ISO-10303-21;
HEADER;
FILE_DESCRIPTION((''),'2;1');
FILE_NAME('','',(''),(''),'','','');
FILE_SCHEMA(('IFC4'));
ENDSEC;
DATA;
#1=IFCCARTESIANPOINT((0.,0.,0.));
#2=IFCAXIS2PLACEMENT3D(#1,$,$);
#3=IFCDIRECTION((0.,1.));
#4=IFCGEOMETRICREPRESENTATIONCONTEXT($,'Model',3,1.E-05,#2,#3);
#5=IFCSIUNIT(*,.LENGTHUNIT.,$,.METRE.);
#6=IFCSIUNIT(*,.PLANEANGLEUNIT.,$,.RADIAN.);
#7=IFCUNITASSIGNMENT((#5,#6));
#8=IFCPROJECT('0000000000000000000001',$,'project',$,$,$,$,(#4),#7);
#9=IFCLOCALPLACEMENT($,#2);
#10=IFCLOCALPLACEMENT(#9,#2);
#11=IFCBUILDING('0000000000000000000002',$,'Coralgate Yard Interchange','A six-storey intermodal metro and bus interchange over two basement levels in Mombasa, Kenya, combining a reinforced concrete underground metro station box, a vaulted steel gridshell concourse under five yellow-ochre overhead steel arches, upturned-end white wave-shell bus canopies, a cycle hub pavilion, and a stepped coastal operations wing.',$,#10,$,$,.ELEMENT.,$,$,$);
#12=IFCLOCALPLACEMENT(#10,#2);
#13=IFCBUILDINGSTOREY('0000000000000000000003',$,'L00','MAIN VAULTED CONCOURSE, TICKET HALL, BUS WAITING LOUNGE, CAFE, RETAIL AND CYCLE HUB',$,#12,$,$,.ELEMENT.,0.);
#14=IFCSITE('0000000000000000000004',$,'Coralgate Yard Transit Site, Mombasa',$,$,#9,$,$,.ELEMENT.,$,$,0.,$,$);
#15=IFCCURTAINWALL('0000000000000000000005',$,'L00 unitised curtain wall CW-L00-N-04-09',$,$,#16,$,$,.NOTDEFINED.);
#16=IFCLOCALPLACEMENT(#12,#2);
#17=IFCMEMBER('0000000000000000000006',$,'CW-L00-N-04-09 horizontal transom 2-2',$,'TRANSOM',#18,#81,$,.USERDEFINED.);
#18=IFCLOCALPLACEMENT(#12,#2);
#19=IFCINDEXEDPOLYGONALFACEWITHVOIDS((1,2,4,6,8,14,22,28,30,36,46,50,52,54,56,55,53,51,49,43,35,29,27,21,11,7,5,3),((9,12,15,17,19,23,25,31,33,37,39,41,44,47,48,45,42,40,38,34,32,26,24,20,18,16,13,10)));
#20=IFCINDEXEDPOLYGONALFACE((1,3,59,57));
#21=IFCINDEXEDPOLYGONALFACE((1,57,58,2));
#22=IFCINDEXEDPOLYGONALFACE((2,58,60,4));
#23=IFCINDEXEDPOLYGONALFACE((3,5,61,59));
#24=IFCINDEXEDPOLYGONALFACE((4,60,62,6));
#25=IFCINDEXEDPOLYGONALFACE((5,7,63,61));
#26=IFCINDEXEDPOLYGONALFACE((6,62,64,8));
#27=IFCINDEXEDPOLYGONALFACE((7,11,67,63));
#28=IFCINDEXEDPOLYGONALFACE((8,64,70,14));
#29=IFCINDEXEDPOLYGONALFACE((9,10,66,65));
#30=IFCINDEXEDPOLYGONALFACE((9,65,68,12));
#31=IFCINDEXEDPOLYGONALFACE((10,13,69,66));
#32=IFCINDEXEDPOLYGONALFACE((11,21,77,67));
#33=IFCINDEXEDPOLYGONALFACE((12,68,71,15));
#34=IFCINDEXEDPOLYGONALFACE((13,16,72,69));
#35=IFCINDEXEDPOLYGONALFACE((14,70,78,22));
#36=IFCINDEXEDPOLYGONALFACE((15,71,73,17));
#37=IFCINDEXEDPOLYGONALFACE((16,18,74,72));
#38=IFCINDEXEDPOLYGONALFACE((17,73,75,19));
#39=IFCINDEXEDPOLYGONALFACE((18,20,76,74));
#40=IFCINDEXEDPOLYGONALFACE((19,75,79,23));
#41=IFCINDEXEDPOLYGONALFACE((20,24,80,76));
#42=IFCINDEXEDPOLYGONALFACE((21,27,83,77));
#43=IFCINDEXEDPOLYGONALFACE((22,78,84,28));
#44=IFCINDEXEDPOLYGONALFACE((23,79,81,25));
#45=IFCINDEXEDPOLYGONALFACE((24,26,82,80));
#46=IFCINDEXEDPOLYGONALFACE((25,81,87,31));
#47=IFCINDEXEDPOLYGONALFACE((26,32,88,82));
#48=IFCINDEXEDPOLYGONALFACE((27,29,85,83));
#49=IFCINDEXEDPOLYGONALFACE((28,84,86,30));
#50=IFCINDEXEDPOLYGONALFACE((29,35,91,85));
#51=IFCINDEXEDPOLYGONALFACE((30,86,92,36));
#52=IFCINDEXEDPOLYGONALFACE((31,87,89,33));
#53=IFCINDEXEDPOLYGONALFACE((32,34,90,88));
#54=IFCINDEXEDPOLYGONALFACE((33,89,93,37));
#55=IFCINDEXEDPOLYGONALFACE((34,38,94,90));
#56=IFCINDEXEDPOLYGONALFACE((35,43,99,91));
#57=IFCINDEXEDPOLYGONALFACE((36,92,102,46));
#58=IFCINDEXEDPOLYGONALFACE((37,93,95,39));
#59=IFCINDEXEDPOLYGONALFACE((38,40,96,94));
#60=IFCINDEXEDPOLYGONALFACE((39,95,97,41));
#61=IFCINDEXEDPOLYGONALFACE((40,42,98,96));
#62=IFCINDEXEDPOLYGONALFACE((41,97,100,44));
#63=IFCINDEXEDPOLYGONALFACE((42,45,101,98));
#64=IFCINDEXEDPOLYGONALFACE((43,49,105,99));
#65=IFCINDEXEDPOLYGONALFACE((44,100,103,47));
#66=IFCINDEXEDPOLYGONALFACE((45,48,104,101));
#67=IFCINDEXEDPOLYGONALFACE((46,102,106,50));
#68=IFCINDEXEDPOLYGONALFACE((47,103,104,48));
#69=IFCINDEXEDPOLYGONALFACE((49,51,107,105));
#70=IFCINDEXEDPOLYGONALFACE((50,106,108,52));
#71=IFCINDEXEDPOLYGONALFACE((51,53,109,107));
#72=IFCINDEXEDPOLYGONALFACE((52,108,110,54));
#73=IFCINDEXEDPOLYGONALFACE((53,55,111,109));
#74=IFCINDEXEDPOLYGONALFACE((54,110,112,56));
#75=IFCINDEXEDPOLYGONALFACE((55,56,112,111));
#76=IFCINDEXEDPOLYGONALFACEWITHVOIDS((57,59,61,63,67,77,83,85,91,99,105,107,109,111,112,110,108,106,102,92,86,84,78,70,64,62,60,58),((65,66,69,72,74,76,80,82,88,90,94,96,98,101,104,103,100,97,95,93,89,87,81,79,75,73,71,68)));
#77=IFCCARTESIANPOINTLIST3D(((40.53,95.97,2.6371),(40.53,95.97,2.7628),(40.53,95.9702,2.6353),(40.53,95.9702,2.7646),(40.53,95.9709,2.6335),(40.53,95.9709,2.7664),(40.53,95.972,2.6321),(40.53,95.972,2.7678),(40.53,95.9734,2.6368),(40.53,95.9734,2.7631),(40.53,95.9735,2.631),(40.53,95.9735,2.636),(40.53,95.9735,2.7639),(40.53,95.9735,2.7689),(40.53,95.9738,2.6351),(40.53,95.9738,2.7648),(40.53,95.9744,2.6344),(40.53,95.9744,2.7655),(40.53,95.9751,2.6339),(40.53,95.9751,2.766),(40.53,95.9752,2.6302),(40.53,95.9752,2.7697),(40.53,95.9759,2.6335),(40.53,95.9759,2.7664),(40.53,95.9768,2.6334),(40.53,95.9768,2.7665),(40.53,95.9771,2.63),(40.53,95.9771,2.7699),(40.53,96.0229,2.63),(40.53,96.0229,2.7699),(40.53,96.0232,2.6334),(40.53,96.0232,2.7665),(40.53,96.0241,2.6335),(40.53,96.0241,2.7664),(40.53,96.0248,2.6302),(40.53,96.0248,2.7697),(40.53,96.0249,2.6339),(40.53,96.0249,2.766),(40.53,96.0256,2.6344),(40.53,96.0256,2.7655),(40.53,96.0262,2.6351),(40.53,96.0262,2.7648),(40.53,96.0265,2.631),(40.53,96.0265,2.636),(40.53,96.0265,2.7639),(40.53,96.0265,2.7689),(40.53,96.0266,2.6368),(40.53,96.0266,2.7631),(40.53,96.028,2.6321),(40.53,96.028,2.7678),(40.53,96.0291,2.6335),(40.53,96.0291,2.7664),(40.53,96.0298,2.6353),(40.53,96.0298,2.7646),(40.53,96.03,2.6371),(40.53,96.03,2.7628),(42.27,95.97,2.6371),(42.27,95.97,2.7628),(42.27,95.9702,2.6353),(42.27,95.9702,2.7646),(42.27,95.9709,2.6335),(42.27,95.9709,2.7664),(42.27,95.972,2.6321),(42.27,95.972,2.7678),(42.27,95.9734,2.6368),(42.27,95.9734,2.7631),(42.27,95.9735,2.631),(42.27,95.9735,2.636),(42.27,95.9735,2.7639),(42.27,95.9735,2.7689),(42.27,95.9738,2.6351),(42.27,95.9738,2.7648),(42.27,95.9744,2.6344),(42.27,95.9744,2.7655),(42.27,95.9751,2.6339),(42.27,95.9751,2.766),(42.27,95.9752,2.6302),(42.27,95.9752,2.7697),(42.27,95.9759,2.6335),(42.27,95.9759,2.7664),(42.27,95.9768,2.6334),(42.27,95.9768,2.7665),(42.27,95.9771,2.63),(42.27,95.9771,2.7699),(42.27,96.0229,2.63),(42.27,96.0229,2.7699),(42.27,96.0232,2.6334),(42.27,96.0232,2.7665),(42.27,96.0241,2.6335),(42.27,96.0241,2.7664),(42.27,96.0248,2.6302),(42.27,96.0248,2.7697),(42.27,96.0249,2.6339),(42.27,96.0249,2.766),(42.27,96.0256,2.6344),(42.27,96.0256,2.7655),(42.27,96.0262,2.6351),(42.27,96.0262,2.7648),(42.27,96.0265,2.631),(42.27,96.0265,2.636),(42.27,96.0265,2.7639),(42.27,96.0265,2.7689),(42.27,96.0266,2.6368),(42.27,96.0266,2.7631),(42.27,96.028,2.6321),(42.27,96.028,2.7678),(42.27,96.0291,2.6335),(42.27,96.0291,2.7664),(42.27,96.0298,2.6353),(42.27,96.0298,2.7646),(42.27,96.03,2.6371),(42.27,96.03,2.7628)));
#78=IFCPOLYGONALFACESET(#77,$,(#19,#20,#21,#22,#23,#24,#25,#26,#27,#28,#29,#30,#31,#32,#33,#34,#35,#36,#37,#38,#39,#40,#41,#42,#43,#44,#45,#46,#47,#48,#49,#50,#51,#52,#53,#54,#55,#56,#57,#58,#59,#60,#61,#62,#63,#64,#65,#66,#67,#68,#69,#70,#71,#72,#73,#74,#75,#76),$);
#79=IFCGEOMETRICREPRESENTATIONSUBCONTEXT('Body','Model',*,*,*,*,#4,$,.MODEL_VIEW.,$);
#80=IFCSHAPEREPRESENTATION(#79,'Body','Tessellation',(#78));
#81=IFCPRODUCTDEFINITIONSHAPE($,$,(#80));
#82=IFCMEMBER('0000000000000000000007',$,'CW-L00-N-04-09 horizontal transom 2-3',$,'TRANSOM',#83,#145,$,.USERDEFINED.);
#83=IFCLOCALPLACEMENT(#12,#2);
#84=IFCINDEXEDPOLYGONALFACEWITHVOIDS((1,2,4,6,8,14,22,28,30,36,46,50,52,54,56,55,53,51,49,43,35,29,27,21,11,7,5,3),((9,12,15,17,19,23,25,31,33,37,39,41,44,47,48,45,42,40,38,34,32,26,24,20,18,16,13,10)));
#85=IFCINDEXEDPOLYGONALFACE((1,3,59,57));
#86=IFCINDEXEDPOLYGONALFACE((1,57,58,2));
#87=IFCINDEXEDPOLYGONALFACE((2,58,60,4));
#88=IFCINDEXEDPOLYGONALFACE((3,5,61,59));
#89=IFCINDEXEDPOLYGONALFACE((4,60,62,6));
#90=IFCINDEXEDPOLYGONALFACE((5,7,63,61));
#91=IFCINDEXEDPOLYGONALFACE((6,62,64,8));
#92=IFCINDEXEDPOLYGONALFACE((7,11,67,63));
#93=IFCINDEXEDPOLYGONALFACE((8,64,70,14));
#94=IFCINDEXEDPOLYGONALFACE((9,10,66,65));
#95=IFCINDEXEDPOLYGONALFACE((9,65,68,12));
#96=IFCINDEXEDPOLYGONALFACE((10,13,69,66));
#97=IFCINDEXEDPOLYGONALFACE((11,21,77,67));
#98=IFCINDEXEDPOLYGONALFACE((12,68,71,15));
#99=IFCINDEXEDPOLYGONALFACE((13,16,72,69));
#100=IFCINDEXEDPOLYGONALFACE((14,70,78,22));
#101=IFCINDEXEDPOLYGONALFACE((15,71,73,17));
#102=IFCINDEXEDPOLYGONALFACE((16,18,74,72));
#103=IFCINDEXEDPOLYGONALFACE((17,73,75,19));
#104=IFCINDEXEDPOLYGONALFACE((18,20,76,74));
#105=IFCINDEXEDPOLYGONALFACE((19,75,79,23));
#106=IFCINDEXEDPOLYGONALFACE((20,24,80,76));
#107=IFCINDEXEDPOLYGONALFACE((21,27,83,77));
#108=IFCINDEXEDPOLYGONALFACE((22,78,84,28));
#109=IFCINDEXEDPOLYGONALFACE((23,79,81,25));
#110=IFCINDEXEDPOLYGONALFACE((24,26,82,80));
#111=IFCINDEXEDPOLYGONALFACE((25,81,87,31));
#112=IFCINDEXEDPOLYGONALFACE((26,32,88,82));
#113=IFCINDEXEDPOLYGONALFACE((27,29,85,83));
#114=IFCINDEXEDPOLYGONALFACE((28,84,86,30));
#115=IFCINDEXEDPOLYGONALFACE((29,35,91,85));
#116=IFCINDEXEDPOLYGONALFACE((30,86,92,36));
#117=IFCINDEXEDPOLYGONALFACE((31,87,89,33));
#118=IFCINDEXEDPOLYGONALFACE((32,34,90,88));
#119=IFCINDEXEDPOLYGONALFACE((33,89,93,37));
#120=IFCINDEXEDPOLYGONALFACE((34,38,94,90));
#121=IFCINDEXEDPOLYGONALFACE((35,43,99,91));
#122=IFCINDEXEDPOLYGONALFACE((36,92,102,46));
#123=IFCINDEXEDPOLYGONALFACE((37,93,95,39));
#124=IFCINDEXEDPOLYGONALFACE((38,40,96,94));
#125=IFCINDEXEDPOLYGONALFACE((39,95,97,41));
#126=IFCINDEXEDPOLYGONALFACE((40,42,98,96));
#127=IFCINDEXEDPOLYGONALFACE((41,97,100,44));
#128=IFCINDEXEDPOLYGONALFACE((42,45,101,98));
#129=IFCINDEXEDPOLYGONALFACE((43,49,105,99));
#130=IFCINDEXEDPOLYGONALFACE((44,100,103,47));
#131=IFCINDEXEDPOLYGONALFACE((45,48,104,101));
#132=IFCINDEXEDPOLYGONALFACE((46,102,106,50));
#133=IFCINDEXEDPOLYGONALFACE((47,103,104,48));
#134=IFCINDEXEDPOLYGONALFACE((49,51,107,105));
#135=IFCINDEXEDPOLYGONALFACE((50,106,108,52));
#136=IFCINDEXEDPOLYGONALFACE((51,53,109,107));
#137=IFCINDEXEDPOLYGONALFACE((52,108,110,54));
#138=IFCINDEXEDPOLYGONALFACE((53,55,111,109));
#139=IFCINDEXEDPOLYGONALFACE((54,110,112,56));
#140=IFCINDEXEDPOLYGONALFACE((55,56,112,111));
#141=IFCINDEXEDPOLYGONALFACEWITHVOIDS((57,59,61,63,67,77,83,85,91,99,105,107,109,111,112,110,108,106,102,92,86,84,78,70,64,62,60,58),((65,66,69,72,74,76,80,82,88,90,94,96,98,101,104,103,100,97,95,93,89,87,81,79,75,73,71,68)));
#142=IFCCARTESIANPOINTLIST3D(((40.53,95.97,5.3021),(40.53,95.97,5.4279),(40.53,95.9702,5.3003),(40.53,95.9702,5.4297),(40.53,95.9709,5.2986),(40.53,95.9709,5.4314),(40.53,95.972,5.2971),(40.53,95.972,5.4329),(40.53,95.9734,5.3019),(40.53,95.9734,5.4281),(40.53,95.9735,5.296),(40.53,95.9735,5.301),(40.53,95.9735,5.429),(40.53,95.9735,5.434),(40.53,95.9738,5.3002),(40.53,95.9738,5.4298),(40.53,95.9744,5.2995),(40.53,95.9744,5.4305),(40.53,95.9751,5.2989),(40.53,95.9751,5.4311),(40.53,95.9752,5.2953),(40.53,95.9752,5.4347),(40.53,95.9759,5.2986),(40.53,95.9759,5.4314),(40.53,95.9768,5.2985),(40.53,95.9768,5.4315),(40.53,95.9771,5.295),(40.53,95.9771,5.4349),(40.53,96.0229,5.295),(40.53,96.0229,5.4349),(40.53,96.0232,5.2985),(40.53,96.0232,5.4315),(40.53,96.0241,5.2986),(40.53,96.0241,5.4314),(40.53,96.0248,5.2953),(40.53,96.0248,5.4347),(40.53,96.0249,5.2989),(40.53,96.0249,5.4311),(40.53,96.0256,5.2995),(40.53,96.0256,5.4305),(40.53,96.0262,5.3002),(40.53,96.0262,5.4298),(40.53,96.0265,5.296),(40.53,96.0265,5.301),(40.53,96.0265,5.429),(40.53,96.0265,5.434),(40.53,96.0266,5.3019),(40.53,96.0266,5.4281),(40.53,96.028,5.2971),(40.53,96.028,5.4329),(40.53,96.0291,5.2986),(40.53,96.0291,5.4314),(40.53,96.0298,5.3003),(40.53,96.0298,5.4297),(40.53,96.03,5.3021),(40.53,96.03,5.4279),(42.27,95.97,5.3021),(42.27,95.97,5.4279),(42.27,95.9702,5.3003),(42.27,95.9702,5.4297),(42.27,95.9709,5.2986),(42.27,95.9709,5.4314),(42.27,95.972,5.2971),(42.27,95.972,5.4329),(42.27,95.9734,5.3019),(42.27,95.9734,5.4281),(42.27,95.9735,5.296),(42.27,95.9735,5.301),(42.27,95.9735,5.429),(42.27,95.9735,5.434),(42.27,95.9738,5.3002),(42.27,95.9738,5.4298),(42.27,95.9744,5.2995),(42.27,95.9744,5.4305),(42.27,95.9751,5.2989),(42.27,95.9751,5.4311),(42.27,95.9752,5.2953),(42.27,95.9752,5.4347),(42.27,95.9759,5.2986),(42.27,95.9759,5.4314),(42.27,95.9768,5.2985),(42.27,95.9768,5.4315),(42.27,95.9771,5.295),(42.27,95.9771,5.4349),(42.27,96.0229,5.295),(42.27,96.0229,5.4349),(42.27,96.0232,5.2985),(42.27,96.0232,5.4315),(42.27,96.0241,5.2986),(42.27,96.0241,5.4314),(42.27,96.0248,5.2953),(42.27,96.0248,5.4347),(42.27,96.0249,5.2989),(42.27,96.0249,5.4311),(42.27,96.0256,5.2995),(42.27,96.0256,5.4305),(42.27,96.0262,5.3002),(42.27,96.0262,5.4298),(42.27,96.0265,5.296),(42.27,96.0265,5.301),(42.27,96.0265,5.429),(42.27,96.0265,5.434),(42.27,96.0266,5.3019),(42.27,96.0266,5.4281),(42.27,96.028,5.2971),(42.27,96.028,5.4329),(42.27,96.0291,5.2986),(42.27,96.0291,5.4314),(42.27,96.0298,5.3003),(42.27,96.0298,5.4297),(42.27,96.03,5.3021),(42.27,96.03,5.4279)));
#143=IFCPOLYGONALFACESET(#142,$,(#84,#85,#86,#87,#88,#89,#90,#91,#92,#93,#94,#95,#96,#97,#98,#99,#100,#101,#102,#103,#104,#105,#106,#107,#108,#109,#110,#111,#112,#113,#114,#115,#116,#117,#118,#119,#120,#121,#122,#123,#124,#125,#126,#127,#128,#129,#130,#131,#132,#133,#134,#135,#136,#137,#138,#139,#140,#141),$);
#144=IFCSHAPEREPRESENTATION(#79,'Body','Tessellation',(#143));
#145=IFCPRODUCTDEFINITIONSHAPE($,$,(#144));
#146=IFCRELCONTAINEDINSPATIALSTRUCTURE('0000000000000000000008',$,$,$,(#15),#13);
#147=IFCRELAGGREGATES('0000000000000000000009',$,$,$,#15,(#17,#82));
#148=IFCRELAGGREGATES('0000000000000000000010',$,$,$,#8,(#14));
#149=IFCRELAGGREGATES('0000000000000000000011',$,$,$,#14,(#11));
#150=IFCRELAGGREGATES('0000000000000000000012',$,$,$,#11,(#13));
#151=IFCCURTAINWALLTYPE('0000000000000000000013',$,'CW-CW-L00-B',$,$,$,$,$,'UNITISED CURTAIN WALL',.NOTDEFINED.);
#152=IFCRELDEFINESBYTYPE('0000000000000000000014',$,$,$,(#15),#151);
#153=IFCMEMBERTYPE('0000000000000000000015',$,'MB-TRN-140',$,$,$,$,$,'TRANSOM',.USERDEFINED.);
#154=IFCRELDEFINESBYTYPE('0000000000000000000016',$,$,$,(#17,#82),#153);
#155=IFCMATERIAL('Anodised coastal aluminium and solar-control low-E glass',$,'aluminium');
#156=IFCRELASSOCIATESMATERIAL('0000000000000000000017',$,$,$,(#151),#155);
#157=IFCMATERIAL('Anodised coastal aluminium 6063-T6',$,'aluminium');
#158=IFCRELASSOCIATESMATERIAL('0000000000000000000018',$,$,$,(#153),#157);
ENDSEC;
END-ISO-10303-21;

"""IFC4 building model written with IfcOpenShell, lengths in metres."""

from ifc_helpers import new_model, si_unit, direction, frame, origin, origin_2d, place, context, subcontext, project, spatial, hollow_rectangle, extrude, material, material_profile, profile_set, type_object, element, aggregate, save


model = new_model("IFC4")

# Units and contexts
model_context = context("Model", 3, precision=1e-05, world=origin(), true_north=direction((0.0, 1.0)))
body_context = subcontext(model_context, "Body", "Model", "MODEL_VIEW")
ifc_project = project(units=[si_unit("LENGTHUNIT", "METRE"), si_unit("PLANEANGLEUNIT", "RADIAN")], contexts=[model_context])

# Site, building, storey
site_placement = place(None, origin())
site = spatial("IfcSite", under=ifc_project, at=site_placement, Name="Coralgate Yard Transit Site, Mombasa", CompositionType="ELEMENT", RefElevation=0.0)
building_placement = place(site_placement, origin())
building = spatial("IfcBuilding", under=site, at=building_placement, Name="Coralgate Yard Interchange", Description="A six-storey intermodal metro and bus interchange over two basement levels in Mombasa, Kenya, combining a reinforced concrete underground metro station box, a vaulted steel gridshell concourse under five yellow-ochre overhead steel arches, upturned-end white wave-shell bus canopies, a cycle hub pavilion, and a stepped coastal operations wing.", CompositionType="ELEMENT")
storey_placement = place(building_placement, origin())
storey = spatial("IfcBuildingStorey", under=building, at=storey_placement, Name="L00", Description="MAIN VAULTED CONCOURSE, TICKET HALL, BUS WAITING LOUNGE, CAFE, RETAIL AND CYCLE HUB", CompositionType="ELEMENT", Elevation=0.0)

# Curtain wall, members
ifc_material_1 = material(Name="Anodised coastal aluminium and solar-control low-E glass", Category="aluminium")
curtain_wall_type = type_object("IfcCurtainWallType", Name="CW-CW-L00-B", ElementType="UNITISED CURTAIN WALL", PredefinedType="NOTDEFINED", material=ifc_material_1)
curtain_wall_placement = place(storey_placement, origin())
curtain_wall = element("IfcCurtainWall", 1, at=curtain_wall_placement, inside=storey, type_object=curtain_wall_type, Name="L00 unitised curtain wall CW-L00-N-04-09", PredefinedType="NOTDEFINED")
ifc_material_2 = material(Name="Anodised coastal aluminium 6063-T6", Category="aluminium")
ifc_material_profile_1 = material_profile(ifc_material_2, hollow_rectangle(XDim=0.0601, YDim=0.1399, WallThickness=0.0034, InnerFilletRadius=0.0034, OuterFilletRadius=0.0071, at=origin_2d()), Name="ALU 60x140x3.5")
ifc_profile_set_1 = profile_set([ifc_material_profile_1], Name="Anodised coastal aluminium 6063-T6")
member_type_1 = type_object("IfcMemberType", Name="MB-TRN-140", ElementType="TRANSOM", PredefinedType="USERDEFINED", material=ifc_profile_set_1)
member_1_placement = place(storey_placement, frame((40.53, 96.0, 2.7), z_axis=(1.0, 0.0, 0.0), x_axis=(0.0, 1.0, 0.0)))
member_1 = element("IfcMember", 2, at=member_1_placement, type_object=member_type_1, Name="CW-L00-N-04-09 horizontal transom 2-2", ObjectType="TRANSOM", PredefinedType="USERDEFINED", context=body_context, shape_type="SweptSolid", body=[
    extrude(hollow_rectangle(XDim=0.0601, YDim=0.1399, WallThickness=0.0034, InnerFilletRadius=0.0034, OuterFilletRadius=0.0071, at=origin_2d()), origin(), (0.0, 0.0, 1.0), 1.74),
])
member_2_placement = place(storey_placement, frame((40.53, 96.0, 5.365), z_axis=(1.0, 0.0, 0.0), x_axis=(0.0, 1.0, 0.0)))
member_2 = element("IfcMember", 3, at=member_2_placement, type_object=member_type_1, Name="CW-L00-N-04-09 horizontal transom 2-3", ObjectType="TRANSOM", PredefinedType="USERDEFINED", context=body_context, shape_type="SweptSolid", body=[
    extrude(hollow_rectangle(XDim=0.0601, YDim=0.1399, WallThickness=0.0034, InnerFilletRadius=0.0034, OuterFilletRadius=0.0071, at=origin_2d()), origin(), (0.0, 0.0, 1.0), 1.74),
])
aggregate(curtain_wall, [member_1, member_2])

save(model, "model.ifc")
